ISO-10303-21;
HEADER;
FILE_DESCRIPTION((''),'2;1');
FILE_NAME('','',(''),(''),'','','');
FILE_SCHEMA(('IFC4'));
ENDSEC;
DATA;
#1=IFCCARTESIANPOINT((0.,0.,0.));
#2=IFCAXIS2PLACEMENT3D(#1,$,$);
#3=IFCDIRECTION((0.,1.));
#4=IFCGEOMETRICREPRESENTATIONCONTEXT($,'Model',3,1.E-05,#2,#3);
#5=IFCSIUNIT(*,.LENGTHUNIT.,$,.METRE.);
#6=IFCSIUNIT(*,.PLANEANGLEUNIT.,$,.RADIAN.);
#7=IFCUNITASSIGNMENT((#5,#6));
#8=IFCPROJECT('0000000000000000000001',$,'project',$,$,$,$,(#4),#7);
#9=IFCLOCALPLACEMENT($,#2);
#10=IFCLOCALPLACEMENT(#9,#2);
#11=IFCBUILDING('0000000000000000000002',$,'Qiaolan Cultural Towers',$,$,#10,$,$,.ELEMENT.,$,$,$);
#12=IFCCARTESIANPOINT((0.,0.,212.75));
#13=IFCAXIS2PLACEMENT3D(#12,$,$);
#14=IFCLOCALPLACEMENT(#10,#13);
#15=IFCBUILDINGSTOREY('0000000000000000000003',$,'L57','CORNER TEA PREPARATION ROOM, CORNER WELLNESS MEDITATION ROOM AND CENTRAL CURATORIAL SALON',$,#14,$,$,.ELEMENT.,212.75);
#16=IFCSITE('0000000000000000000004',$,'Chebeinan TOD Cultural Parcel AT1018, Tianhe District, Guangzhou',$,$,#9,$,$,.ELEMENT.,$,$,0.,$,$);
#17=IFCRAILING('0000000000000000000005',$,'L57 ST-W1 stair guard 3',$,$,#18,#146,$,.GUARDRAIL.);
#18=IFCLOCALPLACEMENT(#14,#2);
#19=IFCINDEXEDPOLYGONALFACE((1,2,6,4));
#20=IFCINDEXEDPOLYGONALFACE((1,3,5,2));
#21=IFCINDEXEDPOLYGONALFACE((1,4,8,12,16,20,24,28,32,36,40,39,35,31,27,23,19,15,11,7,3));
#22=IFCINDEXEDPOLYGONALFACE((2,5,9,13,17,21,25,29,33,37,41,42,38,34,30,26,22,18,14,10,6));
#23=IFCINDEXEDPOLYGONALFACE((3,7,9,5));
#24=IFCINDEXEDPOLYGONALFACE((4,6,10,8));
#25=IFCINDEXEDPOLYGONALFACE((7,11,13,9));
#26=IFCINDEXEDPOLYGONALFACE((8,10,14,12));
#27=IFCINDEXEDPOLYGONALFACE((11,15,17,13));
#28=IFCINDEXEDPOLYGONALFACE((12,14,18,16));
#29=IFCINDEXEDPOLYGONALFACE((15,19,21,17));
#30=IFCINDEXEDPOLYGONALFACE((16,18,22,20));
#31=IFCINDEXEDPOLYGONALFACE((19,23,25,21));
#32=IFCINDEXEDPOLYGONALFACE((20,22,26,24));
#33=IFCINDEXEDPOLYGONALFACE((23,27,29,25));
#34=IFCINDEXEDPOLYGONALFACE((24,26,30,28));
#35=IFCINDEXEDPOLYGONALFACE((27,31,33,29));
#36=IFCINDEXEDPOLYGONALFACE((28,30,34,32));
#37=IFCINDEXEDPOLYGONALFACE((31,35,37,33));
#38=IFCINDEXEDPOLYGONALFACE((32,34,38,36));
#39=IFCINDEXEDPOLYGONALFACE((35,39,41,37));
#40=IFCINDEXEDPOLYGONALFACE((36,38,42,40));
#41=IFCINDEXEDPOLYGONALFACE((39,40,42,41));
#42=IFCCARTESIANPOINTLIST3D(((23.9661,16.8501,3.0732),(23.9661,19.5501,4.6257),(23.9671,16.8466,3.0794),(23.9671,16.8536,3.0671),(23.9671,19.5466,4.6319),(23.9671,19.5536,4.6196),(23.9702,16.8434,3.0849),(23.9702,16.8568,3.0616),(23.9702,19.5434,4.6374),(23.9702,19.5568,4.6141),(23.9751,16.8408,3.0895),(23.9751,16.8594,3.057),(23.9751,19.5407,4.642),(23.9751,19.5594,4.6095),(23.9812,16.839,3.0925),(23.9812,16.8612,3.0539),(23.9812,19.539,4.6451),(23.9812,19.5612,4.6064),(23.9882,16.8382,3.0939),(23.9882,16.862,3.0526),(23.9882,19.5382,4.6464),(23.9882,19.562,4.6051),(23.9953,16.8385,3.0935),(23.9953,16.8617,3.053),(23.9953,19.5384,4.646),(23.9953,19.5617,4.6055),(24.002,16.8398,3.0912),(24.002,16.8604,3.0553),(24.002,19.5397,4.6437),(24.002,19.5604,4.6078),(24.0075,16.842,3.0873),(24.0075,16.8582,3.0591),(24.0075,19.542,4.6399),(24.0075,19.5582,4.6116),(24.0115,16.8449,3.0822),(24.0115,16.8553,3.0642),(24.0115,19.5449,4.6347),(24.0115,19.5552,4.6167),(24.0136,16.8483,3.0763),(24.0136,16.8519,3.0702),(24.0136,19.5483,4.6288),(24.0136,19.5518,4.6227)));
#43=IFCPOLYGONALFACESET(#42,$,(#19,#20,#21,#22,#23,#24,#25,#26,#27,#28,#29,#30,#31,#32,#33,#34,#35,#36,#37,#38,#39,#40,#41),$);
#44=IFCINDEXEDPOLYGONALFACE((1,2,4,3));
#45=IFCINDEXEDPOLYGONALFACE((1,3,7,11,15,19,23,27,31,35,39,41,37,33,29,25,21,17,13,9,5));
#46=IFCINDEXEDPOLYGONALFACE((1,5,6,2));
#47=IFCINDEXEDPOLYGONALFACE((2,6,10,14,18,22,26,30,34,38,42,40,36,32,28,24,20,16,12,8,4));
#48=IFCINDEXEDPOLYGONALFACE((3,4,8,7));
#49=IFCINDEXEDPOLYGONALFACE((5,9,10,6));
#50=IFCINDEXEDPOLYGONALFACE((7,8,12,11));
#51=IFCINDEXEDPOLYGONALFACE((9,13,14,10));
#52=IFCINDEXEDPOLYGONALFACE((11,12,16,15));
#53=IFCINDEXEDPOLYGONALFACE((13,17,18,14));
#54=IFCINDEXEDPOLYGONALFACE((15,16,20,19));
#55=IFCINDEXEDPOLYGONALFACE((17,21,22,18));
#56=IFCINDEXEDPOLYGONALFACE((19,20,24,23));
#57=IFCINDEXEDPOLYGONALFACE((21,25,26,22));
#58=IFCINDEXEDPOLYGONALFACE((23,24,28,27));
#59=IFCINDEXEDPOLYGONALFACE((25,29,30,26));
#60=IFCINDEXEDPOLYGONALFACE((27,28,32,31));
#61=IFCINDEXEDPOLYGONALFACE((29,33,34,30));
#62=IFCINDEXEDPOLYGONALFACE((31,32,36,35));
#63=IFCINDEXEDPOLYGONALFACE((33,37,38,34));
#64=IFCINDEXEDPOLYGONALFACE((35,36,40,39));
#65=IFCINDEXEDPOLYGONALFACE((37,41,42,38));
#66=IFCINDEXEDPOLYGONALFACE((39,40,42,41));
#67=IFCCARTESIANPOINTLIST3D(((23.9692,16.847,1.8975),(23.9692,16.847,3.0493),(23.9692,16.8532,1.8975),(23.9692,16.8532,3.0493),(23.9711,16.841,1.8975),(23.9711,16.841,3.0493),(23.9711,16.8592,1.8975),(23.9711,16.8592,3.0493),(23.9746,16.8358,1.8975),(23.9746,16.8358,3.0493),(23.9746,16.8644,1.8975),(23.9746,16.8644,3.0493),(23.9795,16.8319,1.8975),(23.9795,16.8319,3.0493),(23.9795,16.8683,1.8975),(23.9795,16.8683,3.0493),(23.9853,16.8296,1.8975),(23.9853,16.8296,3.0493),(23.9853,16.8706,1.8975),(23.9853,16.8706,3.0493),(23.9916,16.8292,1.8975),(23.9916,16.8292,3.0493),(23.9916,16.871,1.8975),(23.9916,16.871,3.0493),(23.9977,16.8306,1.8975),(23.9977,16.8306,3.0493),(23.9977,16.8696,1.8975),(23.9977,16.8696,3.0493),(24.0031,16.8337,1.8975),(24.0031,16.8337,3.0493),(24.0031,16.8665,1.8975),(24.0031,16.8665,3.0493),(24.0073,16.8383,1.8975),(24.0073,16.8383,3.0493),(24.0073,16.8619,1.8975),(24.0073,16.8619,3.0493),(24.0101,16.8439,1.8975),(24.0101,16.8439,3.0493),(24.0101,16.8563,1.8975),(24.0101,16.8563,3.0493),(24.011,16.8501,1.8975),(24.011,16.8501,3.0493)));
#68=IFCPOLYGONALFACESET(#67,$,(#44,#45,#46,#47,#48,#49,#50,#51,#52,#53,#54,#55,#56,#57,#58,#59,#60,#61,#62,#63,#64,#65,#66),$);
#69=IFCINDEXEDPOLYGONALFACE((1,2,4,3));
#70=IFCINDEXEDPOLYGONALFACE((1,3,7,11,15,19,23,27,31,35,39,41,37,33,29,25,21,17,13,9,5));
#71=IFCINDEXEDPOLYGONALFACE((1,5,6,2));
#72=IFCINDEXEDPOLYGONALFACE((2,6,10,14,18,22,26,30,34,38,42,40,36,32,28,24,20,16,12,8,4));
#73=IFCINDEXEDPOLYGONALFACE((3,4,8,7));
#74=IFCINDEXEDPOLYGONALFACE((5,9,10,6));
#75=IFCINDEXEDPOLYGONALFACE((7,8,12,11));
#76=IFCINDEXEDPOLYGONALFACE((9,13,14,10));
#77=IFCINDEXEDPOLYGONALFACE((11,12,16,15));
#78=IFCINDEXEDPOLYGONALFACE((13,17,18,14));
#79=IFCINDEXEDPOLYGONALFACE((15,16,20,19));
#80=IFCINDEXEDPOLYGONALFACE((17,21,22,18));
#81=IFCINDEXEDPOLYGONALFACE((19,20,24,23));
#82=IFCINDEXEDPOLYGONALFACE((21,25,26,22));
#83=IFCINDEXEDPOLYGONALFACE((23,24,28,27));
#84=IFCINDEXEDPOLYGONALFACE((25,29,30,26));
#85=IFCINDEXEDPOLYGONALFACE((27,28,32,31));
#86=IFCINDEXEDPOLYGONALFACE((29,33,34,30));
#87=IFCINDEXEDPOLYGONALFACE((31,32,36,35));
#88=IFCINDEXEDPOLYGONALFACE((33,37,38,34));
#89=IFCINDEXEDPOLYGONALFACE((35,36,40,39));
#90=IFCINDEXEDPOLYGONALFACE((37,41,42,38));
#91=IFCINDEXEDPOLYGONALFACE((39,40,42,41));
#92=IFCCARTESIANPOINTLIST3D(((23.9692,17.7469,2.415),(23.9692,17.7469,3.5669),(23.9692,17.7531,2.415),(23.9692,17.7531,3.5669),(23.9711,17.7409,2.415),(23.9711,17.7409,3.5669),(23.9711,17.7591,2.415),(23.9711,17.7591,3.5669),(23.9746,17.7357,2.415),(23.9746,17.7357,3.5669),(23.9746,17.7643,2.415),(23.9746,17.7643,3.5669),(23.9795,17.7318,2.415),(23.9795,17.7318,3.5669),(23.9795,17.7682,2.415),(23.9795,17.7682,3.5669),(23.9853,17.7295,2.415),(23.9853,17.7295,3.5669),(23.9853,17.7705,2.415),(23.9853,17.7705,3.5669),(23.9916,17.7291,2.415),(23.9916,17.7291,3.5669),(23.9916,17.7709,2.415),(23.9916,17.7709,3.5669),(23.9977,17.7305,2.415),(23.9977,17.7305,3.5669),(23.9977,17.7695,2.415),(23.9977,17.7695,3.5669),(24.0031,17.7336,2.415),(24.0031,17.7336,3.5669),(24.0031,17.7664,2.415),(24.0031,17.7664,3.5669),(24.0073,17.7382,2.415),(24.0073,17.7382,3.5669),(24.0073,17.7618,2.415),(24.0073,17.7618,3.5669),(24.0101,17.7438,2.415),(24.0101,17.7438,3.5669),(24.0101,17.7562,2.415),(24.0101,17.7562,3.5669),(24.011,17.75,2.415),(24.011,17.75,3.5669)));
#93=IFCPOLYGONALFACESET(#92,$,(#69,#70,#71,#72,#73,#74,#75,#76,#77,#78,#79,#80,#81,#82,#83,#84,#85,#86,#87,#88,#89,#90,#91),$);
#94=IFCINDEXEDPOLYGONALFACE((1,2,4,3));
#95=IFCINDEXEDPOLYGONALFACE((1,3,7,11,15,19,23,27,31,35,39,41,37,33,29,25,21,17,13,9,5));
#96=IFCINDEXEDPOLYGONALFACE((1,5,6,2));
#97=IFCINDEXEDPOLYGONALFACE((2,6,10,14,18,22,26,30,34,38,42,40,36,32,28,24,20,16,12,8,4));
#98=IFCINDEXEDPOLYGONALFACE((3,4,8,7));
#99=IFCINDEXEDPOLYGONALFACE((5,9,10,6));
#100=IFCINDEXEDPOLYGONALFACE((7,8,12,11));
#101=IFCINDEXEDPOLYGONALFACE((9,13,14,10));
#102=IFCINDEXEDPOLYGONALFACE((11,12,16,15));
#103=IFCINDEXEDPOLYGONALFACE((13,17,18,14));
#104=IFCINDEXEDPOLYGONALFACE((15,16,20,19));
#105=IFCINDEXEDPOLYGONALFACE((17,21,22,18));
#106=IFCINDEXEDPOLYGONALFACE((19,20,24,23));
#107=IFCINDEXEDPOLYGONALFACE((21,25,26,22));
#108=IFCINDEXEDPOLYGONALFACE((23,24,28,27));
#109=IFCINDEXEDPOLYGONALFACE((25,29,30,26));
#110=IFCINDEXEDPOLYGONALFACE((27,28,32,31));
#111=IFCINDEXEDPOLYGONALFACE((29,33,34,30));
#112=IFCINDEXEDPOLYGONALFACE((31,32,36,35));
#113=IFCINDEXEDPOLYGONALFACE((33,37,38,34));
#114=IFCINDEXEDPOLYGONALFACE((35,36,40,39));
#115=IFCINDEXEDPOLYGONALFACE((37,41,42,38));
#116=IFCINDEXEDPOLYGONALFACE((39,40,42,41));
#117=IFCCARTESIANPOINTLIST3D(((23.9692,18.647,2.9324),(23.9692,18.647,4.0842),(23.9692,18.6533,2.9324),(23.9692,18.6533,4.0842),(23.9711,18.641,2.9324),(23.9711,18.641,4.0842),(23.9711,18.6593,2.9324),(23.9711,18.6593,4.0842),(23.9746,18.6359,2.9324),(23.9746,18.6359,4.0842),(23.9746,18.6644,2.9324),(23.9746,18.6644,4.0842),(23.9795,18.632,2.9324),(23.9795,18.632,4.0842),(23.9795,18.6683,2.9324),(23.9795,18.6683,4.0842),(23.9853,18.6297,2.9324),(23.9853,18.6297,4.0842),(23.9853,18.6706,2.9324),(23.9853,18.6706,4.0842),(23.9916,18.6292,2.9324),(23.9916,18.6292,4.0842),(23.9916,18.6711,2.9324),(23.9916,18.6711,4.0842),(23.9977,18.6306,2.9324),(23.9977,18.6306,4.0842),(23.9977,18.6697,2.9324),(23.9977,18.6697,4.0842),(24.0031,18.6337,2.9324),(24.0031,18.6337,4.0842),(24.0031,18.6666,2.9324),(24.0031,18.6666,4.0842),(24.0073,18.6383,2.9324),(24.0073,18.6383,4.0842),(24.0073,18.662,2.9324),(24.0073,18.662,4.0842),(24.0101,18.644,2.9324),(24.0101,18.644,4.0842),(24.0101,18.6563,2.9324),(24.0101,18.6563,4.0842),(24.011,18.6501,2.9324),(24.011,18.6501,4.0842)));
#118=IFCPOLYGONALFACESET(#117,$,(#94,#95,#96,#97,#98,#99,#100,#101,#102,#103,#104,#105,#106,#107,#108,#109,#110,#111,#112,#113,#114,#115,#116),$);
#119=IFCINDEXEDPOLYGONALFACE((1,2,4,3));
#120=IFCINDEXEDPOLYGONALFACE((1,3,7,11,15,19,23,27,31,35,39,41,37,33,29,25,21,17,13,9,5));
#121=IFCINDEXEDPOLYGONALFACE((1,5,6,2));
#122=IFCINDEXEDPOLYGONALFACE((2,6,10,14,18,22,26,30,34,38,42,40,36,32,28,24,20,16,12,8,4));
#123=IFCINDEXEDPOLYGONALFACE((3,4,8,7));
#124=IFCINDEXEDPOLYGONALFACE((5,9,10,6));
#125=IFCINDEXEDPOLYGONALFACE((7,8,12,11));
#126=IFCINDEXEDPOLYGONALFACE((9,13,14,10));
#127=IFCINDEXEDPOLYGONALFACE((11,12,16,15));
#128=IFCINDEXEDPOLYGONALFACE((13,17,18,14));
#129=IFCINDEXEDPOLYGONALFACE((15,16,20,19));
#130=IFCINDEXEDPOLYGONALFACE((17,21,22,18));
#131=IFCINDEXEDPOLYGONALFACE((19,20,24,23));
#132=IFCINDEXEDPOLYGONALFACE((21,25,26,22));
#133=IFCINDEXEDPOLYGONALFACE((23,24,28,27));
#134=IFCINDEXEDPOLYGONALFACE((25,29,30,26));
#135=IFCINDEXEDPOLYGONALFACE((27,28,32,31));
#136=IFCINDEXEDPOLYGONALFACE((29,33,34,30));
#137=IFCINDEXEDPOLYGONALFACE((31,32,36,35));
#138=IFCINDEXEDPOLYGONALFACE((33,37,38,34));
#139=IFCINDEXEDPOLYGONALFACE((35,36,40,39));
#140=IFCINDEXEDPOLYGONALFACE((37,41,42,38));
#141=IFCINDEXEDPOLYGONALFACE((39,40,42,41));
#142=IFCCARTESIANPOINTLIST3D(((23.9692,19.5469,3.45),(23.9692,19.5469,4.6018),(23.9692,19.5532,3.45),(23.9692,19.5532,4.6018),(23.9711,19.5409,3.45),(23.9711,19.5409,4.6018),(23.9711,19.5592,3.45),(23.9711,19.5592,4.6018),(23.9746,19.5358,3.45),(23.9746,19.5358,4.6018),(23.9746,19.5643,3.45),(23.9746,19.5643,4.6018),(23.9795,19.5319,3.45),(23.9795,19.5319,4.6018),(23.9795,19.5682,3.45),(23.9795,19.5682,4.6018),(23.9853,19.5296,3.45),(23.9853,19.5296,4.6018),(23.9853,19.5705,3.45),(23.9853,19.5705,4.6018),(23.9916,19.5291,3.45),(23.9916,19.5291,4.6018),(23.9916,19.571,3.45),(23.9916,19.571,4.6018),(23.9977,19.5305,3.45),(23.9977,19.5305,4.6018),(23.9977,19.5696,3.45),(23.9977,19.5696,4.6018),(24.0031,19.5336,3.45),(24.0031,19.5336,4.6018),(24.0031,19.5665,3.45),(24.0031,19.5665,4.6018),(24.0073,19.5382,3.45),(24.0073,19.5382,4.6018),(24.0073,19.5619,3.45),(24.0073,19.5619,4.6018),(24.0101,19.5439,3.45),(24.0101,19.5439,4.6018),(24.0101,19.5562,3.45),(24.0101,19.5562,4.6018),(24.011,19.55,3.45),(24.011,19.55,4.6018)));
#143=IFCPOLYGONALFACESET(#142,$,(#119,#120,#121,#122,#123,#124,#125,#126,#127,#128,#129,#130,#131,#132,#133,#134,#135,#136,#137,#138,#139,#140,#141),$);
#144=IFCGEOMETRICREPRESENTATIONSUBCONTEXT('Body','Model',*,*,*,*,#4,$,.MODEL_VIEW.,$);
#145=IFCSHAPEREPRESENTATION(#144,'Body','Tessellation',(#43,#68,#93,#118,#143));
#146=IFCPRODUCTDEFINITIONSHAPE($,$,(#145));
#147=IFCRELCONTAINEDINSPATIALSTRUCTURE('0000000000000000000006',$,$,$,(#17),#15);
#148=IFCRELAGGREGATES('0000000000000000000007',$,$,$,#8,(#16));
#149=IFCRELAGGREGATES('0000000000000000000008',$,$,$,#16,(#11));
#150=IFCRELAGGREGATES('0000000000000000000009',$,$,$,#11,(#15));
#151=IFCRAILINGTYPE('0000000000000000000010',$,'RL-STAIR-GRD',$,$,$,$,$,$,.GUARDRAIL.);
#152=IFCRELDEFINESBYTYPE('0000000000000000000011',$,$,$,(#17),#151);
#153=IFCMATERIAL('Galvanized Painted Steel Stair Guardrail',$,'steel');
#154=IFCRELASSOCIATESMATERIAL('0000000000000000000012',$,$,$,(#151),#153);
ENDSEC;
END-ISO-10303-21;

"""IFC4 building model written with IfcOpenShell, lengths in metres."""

from ifc_helpers import new_model, si_unit, direction, frame, origin, origin_2d, place, context, subcontext, project, spatial, circle, extrude, material, type_object, element, save


model = new_model("IFC4")

# Units and contexts
model_context = context("Model", 3, precision=1e-05, world=origin(), true_north=direction((0.0, 1.0)))
body_context = subcontext(model_context, "Body", "Model", "MODEL_VIEW")
ifc_project = project(units=[si_unit("LENGTHUNIT", "METRE"), si_unit("PLANEANGLEUNIT", "RADIAN")], contexts=[model_context])

# Site, building, storey
site_placement = place(None, origin())
site = spatial("IfcSite", under=ifc_project, at=site_placement, Name="Chebeinan TOD Cultural Parcel AT1018, Tianhe District, Guangzhou", CompositionType="ELEMENT", RefElevation=0.0)
building_placement = place(site_placement, origin())
building = spatial("IfcBuilding", under=site, at=building_placement, Name="Qiaolan Cultural Towers", CompositionType="ELEMENT")
storey_placement = place(building_placement, frame((0.0, 0.0, 212.75)))
storey = spatial("IfcBuildingStorey", under=building, at=storey_placement, Name="L57", Description="CORNER TEA PREPARATION ROOM, CORNER WELLNESS MEDITATION ROOM AND CENTRAL CURATORIAL SALON", CompositionType="ELEMENT", Elevation=212.75)

# Railing
ifc_material_1 = material(Name="Galvanized Painted Steel Stair Guardrail", Category="steel")
railing_type_1 = type_object("IfcRailingType", Name="RL-STAIR-GRD", PredefinedType="GUARDRAIL", material=ifc_material_1)
railing_1_placement = place(storey_placement, frame((23.99, 16.8501, 1.8975)))
element("IfcRailing", 1, at=railing_1_placement, inside=storey, type_object=railing_type_1, Name="L57 ST-W1 stair guard 3", PredefinedType="GUARDRAIL", context=body_context, shape_type="SweptSolid", body=[
    extrude(circle(Radius=0.0239, at=origin_2d()), frame((0.0, 0.0, 1.1758), z_axis=(0.0, 0.866904, 0.498476), x_axis=(-1.0, 0.0, 0.0)), (0.0, 0.0, 1.0), 3.1145),
    extrude(circle(Radius=0.021, at=origin_2d()), origin(), (0.0, 0.0, 1.0), 1.1519),
    extrude(circle(Radius=0.021, at=origin_2d()), frame((0.0, 0.8999, 0.5176)), (0.0, 0.0, 1.0), 1.1519),
    extrude(circle(Radius=0.021, at=origin_2d()), frame((0.0, 1.8, 1.0349)), (0.0, 0.0, 1.0), 1.1519),
    extrude(circle(Radius=0.021, at=origin_2d()), frame((0.0, 2.7, 1.5525)), (0.0, 0.0, 1.0), 1.1519),
])

save(model, "model.ifc")
